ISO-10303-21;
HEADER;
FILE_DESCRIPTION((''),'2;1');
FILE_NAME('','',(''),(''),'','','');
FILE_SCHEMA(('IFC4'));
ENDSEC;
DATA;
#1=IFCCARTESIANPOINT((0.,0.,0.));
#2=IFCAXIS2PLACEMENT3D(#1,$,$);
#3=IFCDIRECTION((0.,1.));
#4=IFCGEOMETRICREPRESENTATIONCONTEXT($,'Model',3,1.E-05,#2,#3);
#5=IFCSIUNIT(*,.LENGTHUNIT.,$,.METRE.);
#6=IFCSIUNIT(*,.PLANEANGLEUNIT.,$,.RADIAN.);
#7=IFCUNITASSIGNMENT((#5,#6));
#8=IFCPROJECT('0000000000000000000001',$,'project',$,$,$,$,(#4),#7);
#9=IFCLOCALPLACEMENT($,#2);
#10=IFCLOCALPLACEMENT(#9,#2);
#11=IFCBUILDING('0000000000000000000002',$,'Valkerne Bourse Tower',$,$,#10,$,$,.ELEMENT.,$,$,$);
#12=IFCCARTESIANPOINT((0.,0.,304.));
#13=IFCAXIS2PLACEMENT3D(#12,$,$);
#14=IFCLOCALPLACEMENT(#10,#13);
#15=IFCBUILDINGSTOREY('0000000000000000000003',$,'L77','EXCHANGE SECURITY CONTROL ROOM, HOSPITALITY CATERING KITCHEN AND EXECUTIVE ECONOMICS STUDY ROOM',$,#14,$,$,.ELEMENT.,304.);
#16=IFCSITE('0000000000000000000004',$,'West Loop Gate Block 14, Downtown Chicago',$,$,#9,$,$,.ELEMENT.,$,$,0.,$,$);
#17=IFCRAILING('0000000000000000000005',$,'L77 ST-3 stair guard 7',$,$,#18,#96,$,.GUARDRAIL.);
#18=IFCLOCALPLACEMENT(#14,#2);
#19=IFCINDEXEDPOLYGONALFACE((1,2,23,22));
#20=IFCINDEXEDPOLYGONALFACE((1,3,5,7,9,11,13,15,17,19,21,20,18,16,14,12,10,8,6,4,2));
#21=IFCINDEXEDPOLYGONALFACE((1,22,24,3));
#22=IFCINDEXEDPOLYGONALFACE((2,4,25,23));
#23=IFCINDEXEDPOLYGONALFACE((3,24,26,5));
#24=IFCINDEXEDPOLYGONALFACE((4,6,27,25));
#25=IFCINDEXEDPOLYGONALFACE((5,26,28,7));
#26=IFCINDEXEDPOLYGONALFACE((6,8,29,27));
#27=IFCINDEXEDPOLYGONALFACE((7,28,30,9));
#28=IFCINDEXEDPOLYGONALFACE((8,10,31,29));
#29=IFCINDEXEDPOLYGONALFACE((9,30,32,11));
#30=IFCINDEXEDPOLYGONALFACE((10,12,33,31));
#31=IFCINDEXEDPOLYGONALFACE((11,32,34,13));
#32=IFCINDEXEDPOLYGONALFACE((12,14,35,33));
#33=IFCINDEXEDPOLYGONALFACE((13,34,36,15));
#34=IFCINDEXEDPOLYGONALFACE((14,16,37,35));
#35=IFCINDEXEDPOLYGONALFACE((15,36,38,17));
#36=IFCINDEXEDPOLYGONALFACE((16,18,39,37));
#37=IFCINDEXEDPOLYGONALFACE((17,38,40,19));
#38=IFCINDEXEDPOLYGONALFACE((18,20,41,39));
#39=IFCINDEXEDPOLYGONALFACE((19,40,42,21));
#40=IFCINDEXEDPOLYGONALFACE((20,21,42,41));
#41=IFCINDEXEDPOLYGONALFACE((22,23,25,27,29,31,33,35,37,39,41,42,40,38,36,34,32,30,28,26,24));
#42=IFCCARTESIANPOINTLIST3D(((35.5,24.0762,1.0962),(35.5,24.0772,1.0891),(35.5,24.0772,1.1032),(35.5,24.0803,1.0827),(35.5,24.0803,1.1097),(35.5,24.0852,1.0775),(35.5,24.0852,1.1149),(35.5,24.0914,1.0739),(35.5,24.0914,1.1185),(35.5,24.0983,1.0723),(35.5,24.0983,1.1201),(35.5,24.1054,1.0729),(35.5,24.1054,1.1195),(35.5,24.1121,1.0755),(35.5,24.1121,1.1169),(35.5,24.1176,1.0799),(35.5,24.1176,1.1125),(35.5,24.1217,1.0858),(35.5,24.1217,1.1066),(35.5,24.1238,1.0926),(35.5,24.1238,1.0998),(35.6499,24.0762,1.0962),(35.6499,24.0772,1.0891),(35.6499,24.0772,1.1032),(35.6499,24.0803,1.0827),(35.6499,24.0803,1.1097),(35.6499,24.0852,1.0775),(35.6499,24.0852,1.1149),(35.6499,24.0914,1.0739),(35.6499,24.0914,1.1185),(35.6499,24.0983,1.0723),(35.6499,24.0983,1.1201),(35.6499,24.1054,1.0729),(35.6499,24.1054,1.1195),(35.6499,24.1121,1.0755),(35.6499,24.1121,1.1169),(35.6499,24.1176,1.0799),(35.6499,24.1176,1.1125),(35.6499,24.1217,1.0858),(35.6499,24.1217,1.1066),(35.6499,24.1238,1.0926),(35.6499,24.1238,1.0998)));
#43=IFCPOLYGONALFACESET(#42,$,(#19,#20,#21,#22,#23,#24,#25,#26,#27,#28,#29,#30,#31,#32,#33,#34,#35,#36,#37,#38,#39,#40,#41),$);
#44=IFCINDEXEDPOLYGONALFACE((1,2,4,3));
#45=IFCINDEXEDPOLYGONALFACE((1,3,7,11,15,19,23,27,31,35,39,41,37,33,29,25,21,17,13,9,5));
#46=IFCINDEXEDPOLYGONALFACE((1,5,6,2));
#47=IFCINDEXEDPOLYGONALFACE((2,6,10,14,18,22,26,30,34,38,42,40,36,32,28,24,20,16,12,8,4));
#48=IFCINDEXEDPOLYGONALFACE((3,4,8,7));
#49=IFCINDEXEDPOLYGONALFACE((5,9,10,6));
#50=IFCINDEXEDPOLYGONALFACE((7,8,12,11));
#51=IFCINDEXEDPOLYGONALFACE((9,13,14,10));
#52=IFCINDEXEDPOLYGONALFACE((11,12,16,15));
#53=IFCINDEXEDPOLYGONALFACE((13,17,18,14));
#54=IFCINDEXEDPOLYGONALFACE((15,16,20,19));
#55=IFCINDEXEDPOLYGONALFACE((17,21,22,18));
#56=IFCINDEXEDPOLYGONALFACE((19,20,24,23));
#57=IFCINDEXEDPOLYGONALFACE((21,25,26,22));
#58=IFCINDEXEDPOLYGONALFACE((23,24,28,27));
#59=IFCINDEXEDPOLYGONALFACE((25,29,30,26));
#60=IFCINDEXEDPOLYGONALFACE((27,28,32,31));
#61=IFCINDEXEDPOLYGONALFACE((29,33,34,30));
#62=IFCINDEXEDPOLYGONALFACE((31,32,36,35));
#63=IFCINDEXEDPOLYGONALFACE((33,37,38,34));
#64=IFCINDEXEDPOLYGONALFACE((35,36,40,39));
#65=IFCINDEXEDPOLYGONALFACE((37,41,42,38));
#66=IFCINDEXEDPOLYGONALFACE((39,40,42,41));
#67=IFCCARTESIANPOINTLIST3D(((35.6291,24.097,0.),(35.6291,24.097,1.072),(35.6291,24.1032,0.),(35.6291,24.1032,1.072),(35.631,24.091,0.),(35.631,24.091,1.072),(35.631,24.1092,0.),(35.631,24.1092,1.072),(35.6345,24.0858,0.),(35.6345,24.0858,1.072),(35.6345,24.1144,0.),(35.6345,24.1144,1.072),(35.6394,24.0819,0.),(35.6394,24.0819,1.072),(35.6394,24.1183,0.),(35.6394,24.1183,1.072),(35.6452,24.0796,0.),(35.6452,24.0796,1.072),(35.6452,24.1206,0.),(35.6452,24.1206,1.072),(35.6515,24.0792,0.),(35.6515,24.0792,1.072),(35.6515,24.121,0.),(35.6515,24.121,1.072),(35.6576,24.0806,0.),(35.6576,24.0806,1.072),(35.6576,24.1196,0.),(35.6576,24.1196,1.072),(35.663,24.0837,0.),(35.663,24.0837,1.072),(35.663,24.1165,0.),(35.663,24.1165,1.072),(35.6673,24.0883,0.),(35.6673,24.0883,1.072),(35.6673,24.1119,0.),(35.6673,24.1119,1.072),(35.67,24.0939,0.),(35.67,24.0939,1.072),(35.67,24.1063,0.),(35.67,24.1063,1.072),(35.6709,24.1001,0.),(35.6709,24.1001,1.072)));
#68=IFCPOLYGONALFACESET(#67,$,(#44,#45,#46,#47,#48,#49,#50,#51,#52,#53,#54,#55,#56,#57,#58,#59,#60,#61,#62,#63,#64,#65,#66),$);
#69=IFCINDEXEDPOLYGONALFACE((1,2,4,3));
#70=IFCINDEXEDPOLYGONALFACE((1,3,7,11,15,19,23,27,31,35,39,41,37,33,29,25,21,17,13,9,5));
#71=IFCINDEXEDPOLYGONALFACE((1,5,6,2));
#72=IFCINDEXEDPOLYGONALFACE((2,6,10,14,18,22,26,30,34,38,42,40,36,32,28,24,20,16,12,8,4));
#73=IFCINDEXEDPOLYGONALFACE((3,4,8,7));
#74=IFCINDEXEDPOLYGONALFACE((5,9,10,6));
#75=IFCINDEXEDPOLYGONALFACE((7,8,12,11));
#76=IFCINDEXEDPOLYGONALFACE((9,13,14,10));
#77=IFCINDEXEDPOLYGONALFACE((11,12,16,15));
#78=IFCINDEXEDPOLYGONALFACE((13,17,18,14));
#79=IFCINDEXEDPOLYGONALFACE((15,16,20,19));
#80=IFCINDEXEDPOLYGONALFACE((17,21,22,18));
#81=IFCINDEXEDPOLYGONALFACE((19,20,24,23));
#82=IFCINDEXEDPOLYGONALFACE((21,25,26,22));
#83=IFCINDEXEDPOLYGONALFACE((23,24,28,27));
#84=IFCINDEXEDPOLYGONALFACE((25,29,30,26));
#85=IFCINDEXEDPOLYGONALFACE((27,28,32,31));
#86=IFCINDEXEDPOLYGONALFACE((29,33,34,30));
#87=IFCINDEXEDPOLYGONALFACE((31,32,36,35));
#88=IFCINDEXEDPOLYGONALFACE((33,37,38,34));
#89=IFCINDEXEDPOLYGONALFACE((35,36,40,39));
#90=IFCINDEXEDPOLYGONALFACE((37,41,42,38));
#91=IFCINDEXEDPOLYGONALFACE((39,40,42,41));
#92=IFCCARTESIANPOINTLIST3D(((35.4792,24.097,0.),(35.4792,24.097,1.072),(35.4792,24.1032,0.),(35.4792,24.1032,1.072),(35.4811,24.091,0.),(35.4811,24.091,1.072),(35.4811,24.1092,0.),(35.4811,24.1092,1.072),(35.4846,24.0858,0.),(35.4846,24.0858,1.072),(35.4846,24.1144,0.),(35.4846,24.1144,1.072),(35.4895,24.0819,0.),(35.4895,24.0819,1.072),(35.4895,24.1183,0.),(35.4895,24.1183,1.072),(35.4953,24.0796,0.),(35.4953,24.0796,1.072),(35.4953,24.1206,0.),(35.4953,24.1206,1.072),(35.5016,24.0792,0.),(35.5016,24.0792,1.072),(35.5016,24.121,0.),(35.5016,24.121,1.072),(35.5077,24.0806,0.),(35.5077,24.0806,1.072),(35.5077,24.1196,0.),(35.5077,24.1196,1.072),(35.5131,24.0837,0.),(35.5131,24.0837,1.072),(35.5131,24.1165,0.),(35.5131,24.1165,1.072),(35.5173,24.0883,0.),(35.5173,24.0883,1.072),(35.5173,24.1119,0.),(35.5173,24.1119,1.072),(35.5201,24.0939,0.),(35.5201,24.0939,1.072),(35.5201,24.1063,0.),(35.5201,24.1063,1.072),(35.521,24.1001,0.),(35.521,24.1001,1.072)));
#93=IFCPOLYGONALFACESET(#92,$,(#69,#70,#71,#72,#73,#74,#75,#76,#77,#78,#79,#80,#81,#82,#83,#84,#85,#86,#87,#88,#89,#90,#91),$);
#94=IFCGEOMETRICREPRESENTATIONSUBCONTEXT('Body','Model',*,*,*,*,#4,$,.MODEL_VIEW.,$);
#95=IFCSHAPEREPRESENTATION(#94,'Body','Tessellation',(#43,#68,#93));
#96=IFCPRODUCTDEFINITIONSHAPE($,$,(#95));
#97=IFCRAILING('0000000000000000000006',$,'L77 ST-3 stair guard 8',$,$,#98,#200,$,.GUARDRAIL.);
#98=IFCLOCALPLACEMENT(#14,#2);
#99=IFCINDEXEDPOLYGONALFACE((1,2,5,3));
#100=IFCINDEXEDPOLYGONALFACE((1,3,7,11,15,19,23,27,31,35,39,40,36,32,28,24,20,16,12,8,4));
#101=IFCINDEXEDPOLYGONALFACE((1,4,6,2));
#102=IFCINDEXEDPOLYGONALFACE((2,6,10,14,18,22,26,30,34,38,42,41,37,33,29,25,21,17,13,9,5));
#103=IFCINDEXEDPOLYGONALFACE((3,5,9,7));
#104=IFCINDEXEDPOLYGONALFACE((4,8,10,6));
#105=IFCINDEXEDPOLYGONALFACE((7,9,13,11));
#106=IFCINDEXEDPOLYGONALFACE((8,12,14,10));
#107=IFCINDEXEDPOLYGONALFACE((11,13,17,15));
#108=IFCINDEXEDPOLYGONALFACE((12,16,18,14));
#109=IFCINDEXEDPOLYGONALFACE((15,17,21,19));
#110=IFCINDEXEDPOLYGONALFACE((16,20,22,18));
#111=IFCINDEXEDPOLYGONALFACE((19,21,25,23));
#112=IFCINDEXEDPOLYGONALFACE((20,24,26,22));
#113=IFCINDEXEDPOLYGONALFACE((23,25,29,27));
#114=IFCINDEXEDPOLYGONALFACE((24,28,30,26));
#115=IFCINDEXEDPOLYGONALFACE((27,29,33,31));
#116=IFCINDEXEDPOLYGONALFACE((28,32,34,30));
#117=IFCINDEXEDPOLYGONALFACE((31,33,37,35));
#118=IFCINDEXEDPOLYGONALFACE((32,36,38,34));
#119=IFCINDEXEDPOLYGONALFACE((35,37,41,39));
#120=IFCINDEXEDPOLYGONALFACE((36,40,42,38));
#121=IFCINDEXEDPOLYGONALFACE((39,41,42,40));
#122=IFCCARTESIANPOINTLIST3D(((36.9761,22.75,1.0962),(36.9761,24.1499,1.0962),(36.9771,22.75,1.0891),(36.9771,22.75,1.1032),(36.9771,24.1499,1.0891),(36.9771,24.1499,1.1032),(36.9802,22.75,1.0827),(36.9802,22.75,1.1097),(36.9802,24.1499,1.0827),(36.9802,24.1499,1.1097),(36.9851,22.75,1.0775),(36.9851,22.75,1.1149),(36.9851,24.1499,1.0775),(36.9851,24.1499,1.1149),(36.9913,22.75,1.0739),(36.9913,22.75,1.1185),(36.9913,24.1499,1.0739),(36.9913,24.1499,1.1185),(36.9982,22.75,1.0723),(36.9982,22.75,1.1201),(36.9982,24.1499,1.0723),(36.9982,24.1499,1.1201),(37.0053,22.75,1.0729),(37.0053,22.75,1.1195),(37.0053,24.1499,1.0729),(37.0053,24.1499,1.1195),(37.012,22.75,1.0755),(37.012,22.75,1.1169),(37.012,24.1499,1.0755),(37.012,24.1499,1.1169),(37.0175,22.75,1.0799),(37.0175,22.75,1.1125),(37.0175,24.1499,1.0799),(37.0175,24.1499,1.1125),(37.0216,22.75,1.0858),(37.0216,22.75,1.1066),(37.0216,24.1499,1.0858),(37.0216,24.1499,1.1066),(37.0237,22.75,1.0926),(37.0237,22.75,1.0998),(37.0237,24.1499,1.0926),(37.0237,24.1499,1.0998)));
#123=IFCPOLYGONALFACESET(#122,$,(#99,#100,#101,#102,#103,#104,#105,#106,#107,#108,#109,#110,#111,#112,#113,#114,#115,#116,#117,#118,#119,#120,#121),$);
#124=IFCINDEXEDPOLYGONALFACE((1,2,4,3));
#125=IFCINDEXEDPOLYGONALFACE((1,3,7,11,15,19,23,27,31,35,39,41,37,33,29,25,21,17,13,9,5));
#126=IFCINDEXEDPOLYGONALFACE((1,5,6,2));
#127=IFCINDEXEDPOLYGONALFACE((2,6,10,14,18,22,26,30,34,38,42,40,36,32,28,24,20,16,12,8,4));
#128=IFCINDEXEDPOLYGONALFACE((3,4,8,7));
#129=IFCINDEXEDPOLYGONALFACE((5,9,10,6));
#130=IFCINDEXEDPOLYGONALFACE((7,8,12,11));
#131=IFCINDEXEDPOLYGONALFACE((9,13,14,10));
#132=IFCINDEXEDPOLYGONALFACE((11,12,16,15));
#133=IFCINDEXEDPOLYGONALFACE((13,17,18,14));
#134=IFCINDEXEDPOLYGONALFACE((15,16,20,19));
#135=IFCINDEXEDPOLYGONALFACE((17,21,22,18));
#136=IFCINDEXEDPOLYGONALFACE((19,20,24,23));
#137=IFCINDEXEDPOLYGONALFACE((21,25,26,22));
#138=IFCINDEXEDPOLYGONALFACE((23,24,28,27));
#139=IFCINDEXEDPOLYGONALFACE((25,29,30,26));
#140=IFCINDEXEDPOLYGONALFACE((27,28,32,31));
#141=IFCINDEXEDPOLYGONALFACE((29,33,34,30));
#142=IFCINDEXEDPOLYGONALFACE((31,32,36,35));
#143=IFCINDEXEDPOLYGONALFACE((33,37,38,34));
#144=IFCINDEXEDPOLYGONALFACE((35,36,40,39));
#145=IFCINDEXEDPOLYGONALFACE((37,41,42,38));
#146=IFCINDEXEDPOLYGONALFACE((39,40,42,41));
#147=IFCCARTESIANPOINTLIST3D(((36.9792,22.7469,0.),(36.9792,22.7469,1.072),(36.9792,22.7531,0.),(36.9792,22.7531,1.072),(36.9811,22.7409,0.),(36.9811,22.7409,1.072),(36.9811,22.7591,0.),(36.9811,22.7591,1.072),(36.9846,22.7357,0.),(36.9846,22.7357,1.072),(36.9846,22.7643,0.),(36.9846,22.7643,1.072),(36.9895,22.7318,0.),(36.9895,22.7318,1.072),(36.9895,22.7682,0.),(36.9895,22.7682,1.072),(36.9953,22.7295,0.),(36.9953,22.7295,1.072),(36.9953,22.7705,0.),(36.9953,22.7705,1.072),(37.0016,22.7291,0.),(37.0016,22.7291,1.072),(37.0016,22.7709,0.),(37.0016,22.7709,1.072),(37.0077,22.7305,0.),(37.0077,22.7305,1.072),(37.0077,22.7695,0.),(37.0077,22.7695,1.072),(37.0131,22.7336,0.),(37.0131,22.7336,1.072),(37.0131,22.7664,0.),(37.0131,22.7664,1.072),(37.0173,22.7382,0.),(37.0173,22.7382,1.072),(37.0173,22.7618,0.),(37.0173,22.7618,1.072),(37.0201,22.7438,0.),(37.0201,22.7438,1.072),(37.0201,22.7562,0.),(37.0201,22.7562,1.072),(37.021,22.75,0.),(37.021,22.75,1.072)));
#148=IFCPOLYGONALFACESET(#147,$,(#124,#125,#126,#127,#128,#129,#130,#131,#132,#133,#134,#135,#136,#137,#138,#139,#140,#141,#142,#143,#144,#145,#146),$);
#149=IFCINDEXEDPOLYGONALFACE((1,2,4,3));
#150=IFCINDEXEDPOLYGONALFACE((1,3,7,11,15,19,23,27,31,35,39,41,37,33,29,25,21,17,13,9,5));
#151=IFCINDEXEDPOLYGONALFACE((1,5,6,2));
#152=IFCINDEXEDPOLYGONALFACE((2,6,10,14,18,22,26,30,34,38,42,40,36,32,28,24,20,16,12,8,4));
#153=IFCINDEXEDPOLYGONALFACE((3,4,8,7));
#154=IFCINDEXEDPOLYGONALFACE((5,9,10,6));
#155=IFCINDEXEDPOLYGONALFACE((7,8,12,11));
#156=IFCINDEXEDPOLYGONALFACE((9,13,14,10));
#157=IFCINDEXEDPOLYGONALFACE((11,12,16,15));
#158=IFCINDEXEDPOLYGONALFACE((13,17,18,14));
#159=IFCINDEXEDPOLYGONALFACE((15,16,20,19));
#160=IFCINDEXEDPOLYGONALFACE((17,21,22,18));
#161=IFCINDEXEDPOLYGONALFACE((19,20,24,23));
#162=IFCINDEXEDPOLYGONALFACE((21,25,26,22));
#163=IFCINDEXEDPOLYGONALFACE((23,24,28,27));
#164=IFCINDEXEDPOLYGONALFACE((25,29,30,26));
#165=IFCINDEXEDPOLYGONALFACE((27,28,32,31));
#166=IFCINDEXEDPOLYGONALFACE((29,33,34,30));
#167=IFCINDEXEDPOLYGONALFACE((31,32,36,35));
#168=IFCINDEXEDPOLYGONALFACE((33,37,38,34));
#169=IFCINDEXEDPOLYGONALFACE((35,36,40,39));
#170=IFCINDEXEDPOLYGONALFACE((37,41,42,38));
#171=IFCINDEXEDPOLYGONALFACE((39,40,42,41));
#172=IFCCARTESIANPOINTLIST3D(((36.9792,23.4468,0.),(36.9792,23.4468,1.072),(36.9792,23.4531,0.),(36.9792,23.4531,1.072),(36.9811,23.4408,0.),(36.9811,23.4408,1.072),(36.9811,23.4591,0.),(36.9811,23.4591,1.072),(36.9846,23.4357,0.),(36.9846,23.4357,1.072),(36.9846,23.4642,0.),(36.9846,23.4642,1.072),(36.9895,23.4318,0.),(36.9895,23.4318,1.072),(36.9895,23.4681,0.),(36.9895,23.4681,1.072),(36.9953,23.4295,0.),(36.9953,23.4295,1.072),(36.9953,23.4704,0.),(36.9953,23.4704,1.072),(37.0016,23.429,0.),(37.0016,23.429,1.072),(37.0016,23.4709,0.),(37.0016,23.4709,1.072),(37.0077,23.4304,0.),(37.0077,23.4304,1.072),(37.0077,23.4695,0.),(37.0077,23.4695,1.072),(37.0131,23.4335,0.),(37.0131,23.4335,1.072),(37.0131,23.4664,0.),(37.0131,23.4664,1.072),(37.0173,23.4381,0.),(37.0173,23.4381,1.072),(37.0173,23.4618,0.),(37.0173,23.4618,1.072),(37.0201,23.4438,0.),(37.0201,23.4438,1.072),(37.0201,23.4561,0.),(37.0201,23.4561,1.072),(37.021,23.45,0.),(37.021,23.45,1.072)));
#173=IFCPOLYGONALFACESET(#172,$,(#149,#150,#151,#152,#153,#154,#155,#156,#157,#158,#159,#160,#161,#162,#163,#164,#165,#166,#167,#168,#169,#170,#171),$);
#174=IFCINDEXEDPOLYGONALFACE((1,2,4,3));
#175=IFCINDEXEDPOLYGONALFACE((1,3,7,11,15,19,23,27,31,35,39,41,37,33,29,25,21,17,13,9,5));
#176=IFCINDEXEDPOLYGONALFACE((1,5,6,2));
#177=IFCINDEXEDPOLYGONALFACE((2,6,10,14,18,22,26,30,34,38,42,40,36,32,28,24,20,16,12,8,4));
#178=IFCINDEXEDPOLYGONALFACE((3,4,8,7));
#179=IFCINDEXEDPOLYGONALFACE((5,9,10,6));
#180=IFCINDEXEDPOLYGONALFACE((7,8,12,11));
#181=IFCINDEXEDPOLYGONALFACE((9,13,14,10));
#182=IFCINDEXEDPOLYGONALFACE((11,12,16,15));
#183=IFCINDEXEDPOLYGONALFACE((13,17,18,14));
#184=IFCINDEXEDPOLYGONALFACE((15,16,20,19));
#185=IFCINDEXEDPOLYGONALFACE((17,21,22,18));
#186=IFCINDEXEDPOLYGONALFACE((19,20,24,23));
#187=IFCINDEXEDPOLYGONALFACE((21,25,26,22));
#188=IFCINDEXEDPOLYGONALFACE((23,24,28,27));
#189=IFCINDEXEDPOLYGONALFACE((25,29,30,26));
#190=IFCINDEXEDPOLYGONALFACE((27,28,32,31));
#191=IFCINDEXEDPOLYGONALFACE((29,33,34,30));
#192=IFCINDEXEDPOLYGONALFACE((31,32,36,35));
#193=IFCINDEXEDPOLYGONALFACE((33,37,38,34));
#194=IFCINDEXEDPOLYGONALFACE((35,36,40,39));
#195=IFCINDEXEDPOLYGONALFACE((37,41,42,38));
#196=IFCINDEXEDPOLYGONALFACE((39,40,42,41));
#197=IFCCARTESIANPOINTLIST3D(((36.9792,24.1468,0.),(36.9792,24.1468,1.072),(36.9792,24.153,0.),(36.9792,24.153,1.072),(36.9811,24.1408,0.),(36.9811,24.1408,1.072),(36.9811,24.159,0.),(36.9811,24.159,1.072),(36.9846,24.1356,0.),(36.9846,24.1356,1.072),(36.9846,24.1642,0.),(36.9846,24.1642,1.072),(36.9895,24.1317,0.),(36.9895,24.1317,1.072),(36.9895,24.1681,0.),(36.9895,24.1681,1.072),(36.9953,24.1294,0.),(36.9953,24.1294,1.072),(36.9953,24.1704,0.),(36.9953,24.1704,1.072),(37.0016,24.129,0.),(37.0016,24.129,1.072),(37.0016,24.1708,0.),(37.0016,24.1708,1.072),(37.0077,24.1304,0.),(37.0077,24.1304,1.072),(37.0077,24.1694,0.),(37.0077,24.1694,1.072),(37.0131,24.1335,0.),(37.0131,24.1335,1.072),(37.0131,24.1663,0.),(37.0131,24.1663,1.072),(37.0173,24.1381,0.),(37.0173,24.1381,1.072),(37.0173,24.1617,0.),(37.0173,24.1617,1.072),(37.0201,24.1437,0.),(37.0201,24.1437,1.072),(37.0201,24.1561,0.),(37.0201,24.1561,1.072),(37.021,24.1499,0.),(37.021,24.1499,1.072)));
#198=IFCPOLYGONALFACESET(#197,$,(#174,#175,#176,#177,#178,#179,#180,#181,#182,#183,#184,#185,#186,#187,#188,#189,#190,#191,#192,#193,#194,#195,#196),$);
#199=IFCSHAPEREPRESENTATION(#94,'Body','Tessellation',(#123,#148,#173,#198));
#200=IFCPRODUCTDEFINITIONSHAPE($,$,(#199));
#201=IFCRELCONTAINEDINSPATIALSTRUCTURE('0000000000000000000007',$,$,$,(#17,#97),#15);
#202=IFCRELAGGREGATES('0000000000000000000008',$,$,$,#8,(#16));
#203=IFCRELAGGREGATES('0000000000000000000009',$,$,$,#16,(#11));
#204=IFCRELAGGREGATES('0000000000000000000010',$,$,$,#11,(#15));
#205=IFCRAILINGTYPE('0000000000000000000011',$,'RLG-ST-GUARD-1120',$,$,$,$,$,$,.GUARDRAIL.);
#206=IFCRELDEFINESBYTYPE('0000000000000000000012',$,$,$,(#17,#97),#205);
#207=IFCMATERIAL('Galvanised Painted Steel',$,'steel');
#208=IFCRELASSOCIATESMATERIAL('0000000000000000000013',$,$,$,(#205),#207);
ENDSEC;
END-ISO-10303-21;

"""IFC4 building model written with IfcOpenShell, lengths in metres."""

from ifc_helpers import new_model, si_unit, direction, frame, origin, origin_2d, place, context, subcontext, project, spatial, circle, extrude, material, type_object, element, save


model = new_model("IFC4")

# Units and contexts
model_context = context("Model", 3, precision=1e-05, world=origin(), true_north=direction((0.0, 1.0)))
body_context = subcontext(model_context, "Body", "Model", "MODEL_VIEW")
ifc_project = project(units=[si_unit("LENGTHUNIT", "METRE"), si_unit("PLANEANGLEUNIT", "RADIAN")], contexts=[model_context])

# Site, building, storey
site_placement = place(None, origin())
site = spatial("IfcSite", under=ifc_project, at=site_placement, Name="West Loop Gate Block 14, Downtown Chicago", CompositionType="ELEMENT", RefElevation=0.0)
building_placement = place(site_placement, origin())
building = spatial("IfcBuilding", under=site, at=building_placement, Name="Valkerne Bourse Tower", CompositionType="ELEMENT")
storey_placement = place(building_placement, frame((0.0, 0.0, 304.0)))
storey = spatial("IfcBuildingStorey", under=building, at=storey_placement, Name="L77", Description="EXCHANGE SECURITY CONTROL ROOM, HOSPITALITY CATERING KITCHEN AND EXECUTIVE ECONOMICS STUDY ROOM", CompositionType="ELEMENT", Elevation=304.0)

# Railings
ifc_material_1 = material(Name="Galvanised Painted Steel", Category="steel")
railing_type_1 = type_object("IfcRailingType", Name="RLG-ST-GUARD-1120", PredefinedType="GUARDRAIL", material=ifc_material_1)
railing_1_placement = place(storey_placement, frame((35.6499, 24.1001, 0.0)))
element("IfcRailing", 1, at=railing_1_placement, inside=storey, type_object=railing_type_1, Name="L77 ST-3 stair guard 7", PredefinedType="GUARDRAIL", context=body_context, shape_type="SweptSolid", body=[
    extrude(circle(Radius=0.0239, at=origin_2d()), frame((0.0, 0.0, 1.0962), z_axis=(-1.0, 0.0, 0.0), x_axis=(0.0, -1.0, 0.0)), (0.0, 0.0, 1.0), 0.1499),
    extrude(circle(Radius=0.021, at=origin_2d()), origin(), (0.0, 0.0, 1.0), 1.072),
    extrude(circle(Radius=0.021, at=origin_2d()), frame((-0.1499, 0.0, 0.0)), (0.0, 0.0, 1.0), 1.072),
])
railing_2_placement = place(storey_placement, frame((37.0, 22.75, 0.0)))
element("IfcRailing", 2, at=railing_2_placement, inside=storey, type_object=railing_type_1, Name="L77 ST-3 stair guard 8", PredefinedType="GUARDRAIL", context=body_context, shape_type="SweptSolid", body=[
    extrude(circle(Radius=0.0239, at=origin_2d()), frame((0.0, 0.0, 1.0962), z_axis=(0.0, 1.0, 0.0), x_axis=(-1.0, 0.0, 0.0)), (0.0, 0.0, 1.0), 1.3999),
    extrude(circle(Radius=0.021, at=origin_2d()), origin(), (0.0, 0.0, 1.0), 1.072),
    extrude(circle(Radius=0.021, at=origin_2d()), frame((0.0, 0.7, 0.0)), (0.0, 0.0, 1.0), 1.072),
    extrude(circle(Radius=0.021, at=origin_2d()), frame((0.0, 1.3999, 0.0)), (0.0, 0.0, 1.0), 1.072),
])

save(model, "model.ifc")
